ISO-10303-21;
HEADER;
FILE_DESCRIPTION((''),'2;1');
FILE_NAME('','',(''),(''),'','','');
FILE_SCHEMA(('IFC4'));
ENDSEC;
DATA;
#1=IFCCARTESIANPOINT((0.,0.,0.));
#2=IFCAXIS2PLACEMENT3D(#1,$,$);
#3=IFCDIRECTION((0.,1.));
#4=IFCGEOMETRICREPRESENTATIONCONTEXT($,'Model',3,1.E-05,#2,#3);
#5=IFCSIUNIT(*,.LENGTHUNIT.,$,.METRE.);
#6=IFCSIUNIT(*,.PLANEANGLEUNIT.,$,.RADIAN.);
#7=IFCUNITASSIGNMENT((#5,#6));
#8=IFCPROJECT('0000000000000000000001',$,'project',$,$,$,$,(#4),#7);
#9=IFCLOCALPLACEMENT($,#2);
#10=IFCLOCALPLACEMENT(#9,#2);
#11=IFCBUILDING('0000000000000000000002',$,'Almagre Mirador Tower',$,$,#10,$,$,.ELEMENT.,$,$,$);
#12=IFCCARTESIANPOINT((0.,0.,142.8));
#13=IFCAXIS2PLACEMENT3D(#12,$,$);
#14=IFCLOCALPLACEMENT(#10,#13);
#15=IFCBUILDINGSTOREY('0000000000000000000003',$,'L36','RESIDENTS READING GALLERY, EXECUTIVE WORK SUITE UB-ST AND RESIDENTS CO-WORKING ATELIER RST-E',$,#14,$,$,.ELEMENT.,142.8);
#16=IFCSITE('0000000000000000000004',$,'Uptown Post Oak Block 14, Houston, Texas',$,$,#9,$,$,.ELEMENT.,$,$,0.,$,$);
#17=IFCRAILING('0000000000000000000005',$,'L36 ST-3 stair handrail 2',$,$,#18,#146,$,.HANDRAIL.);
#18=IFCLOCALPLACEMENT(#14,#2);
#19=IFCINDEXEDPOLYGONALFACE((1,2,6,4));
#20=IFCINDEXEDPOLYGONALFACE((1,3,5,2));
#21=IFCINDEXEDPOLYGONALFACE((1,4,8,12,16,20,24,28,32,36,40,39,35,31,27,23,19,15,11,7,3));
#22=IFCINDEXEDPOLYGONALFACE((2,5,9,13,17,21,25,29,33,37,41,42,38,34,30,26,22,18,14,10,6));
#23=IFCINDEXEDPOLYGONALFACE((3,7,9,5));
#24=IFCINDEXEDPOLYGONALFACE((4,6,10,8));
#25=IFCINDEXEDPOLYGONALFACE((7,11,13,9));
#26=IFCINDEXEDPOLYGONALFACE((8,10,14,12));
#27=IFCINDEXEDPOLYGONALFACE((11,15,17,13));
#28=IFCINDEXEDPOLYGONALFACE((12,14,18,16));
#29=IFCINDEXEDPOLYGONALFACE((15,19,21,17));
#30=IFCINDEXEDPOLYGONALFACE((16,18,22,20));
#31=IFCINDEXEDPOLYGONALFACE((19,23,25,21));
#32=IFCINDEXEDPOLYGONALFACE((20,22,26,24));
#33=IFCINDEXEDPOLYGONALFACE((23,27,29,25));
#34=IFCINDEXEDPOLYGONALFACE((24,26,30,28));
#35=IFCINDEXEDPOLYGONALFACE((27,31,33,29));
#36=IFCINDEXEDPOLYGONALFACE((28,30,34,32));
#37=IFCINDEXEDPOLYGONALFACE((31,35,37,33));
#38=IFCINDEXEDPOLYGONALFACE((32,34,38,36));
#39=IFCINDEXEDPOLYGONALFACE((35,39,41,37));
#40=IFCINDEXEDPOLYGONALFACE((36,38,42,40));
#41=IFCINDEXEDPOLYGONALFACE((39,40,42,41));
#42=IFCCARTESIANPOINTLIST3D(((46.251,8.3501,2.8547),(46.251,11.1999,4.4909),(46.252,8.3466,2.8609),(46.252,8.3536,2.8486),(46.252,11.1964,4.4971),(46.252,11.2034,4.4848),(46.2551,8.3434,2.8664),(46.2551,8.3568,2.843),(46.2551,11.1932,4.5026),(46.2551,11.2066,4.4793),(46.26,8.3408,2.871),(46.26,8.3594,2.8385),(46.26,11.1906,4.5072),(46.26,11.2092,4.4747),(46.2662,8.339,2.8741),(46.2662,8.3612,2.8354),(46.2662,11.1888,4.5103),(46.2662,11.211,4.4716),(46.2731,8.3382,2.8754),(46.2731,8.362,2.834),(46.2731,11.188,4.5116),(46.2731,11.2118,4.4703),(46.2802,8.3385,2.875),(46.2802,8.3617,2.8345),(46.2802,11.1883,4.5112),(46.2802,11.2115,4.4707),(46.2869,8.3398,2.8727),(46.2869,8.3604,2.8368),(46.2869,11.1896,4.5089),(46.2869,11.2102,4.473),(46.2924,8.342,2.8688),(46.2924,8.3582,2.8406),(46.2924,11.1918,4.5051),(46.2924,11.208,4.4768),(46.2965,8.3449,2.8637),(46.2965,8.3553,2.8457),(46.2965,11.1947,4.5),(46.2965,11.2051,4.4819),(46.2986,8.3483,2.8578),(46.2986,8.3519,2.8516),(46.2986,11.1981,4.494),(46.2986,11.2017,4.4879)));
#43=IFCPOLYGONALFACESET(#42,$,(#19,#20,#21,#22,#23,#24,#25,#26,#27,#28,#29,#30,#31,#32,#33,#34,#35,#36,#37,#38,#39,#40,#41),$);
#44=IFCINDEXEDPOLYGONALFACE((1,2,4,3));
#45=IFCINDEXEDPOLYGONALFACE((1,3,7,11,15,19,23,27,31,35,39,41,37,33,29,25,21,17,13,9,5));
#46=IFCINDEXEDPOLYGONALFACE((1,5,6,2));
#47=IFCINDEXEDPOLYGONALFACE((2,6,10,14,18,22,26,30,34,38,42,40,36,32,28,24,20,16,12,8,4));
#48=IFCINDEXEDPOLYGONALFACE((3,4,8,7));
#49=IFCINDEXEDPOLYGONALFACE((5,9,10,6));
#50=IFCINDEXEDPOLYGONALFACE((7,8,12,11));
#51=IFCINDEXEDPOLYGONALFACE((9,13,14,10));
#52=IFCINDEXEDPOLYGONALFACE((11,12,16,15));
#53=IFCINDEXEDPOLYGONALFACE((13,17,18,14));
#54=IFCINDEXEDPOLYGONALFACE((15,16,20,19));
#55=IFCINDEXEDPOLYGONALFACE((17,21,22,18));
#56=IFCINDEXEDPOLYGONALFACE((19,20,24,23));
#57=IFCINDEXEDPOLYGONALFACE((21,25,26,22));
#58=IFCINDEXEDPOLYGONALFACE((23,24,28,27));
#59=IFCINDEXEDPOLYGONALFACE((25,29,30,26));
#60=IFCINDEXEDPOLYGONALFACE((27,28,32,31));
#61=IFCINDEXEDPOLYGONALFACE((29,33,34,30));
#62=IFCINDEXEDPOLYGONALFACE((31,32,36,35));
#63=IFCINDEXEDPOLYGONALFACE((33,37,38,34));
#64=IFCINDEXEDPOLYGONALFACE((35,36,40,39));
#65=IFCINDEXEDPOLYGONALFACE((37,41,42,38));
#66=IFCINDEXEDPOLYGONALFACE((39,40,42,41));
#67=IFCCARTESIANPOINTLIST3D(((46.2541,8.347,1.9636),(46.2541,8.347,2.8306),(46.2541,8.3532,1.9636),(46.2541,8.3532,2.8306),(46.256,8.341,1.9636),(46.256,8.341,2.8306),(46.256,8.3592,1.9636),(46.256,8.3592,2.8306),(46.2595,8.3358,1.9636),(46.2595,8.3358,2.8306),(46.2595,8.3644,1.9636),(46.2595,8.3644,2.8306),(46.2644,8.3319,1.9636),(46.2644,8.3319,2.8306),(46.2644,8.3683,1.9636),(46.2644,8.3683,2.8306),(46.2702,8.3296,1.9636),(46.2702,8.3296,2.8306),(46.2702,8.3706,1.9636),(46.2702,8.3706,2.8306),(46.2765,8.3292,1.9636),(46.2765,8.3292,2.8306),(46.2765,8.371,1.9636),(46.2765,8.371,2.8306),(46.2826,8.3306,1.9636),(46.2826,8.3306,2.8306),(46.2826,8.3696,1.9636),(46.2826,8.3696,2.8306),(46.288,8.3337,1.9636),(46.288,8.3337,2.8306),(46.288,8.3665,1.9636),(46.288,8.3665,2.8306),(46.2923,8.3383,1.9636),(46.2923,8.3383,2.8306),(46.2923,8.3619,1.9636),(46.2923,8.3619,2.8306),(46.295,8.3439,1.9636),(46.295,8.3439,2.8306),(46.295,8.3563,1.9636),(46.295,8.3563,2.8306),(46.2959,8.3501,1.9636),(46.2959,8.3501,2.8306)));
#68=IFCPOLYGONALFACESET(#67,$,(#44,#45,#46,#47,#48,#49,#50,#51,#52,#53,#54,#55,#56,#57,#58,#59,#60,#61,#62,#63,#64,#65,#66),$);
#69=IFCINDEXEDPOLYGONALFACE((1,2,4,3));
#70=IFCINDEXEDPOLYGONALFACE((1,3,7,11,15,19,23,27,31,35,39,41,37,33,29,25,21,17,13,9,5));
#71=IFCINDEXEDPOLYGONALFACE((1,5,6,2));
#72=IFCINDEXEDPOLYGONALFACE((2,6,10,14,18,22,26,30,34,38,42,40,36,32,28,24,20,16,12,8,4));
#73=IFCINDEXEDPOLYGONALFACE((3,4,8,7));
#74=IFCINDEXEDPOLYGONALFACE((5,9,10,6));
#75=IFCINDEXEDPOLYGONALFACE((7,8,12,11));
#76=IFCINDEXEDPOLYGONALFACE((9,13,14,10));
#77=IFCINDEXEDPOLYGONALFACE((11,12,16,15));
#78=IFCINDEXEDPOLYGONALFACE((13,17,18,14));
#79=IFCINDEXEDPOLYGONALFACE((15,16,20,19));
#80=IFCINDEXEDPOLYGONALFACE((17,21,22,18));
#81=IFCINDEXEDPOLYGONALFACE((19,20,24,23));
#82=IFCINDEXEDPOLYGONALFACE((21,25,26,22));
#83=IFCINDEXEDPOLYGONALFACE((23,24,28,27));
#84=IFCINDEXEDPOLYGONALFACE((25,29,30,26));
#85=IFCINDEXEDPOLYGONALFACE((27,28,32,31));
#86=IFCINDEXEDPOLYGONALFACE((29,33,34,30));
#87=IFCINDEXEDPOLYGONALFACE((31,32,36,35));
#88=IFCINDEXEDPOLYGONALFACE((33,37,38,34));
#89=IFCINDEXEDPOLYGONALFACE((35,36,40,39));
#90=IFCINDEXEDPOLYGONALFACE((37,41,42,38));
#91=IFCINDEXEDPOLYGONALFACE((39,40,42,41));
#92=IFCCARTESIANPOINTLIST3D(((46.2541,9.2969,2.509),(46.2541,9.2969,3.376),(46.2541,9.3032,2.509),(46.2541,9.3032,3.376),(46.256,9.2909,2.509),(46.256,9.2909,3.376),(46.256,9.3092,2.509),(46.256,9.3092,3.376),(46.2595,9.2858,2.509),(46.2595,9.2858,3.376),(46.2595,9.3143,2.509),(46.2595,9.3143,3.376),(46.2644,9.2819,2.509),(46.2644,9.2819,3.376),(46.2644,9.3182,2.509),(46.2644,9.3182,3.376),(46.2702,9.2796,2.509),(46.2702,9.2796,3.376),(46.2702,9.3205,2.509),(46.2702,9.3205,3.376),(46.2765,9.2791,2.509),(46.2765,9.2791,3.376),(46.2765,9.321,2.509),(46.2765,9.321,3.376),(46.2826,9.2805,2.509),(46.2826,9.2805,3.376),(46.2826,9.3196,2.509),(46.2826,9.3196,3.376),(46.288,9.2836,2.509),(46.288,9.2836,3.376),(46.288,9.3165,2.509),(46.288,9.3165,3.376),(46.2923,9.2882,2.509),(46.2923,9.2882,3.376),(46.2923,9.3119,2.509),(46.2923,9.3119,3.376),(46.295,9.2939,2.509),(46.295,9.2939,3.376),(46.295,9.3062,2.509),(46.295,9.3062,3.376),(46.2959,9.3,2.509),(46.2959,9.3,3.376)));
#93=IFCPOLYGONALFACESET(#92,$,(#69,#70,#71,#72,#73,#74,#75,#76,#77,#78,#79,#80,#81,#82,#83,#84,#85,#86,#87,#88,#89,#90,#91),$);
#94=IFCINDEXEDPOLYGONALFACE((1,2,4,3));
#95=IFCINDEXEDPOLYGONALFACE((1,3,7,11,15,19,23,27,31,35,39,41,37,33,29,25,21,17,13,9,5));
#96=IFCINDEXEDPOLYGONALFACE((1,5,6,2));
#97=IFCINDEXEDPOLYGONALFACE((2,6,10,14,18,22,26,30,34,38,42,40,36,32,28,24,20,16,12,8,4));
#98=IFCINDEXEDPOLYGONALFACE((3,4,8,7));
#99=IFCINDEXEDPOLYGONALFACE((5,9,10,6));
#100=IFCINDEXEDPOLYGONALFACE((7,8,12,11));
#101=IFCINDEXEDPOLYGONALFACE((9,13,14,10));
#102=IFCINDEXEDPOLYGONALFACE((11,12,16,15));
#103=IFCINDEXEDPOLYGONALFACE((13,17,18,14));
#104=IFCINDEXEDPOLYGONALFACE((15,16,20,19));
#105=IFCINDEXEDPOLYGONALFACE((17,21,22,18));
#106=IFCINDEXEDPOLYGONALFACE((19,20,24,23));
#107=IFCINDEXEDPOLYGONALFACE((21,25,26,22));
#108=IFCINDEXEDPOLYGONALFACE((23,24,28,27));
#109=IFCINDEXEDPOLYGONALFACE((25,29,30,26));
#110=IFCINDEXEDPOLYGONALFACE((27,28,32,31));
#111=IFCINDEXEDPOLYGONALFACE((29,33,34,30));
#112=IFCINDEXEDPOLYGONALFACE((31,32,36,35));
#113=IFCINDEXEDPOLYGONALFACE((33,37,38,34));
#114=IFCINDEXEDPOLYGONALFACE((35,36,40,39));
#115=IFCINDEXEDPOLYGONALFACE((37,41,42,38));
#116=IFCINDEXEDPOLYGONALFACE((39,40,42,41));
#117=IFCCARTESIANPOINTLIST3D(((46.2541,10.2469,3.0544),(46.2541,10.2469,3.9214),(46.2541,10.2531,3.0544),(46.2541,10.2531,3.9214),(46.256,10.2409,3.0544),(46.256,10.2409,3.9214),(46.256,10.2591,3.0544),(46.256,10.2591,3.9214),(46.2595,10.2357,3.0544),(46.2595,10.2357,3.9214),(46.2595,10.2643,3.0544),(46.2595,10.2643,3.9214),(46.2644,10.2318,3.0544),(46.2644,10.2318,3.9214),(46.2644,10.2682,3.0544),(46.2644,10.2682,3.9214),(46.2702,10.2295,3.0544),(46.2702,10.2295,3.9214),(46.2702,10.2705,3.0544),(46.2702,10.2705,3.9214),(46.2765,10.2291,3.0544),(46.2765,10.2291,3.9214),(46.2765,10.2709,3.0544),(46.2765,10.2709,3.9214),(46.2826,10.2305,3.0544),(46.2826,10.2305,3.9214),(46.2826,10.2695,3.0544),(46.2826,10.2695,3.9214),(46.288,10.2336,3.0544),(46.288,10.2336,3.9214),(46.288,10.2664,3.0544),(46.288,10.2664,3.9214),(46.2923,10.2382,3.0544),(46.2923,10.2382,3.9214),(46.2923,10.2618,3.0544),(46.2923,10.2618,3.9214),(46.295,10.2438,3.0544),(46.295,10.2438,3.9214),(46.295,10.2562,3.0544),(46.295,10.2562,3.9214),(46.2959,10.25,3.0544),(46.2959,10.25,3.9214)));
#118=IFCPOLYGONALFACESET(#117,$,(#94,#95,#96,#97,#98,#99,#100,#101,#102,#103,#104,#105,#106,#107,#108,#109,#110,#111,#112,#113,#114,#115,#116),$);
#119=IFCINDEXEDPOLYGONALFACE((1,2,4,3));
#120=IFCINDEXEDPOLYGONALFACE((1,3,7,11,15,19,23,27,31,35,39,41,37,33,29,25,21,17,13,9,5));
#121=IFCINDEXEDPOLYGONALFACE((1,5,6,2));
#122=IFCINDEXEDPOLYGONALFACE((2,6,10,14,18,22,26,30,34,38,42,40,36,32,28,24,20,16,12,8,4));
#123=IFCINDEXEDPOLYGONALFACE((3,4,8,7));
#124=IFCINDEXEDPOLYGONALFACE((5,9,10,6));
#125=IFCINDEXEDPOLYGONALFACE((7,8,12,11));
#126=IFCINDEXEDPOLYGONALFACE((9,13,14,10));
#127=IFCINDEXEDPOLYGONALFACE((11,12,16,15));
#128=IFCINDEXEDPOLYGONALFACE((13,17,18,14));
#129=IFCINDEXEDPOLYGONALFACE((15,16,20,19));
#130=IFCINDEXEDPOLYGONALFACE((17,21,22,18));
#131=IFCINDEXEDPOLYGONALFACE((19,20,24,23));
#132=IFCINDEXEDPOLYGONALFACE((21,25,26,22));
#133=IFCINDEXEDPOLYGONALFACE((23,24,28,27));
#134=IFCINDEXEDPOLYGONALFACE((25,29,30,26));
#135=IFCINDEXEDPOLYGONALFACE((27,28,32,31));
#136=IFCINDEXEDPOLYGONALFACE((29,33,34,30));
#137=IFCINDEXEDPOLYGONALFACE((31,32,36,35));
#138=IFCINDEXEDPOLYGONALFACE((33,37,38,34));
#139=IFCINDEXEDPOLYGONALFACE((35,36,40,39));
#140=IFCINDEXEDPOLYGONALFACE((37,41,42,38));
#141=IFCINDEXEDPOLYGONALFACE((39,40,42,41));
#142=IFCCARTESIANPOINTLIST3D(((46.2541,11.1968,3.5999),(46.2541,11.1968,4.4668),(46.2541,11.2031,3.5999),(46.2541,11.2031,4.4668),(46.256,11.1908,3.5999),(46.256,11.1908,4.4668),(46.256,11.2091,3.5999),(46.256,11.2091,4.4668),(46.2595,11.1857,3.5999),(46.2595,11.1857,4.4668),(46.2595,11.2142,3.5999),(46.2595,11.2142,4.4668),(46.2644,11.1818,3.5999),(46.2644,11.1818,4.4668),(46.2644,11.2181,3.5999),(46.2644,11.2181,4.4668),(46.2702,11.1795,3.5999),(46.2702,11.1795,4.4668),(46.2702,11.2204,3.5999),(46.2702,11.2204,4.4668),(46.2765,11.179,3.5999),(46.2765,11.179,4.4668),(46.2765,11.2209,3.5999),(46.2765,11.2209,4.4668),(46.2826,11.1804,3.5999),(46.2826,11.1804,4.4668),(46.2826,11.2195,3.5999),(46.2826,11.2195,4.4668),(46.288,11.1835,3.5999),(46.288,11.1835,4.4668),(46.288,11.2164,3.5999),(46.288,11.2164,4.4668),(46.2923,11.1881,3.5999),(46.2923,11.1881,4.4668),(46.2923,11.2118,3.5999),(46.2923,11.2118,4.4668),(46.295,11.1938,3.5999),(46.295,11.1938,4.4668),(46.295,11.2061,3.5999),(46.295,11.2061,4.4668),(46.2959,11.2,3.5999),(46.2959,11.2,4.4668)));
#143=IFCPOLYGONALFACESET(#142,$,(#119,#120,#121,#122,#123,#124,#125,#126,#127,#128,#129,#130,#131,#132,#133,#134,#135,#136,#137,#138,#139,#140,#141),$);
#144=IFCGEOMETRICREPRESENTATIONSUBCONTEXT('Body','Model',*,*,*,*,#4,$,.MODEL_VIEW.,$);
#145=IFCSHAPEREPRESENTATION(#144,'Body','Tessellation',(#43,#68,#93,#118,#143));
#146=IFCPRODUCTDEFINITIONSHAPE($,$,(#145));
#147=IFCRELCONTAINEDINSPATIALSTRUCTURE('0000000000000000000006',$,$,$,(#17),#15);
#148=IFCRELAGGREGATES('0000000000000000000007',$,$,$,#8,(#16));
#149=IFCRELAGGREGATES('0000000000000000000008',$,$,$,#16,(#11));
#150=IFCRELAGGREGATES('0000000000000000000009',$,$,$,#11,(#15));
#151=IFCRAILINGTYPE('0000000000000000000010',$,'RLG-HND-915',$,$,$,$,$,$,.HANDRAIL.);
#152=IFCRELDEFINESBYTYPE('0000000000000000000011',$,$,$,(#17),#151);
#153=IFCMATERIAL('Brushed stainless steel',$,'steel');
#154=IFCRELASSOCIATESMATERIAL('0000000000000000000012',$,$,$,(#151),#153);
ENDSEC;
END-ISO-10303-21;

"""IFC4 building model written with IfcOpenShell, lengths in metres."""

from ifc_helpers import new_model, si_unit, direction, frame, origin, origin_2d, place, context, subcontext, project, spatial, circle, extrude, material, type_object, element, save


model = new_model("IFC4")

# Units and contexts
model_context = context("Model", 3, precision=1e-05, world=origin(), true_north=direction((0.0, 1.0)))
body_context = subcontext(model_context, "Body", "Model", "MODEL_VIEW")
ifc_project = project(units=[si_unit("LENGTHUNIT", "METRE"), si_unit("PLANEANGLEUNIT", "RADIAN")], contexts=[model_context])

# Site, building, storey
site_placement = place(None, origin())
site = spatial("IfcSite", under=ifc_project, at=site_placement, Name="Uptown Post Oak Block 14, Houston, Texas", CompositionType="ELEMENT", RefElevation=0.0)
building_placement = place(site_placement, origin())
building = spatial("IfcBuilding", under=site, at=building_placement, Name="Almagre Mirador Tower", CompositionType="ELEMENT")
storey_placement = place(building_placement, frame((0.0, 0.0, 142.8)))
storey = spatial("IfcBuildingStorey", under=building, at=storey_placement, Name="L36", Description="RESIDENTS READING GALLERY, EXECUTIVE WORK SUITE UB-ST AND RESIDENTS CO-WORKING ATELIER RST-E", CompositionType="ELEMENT", Elevation=142.8)

# Railing
ifc_material_1 = material(Name="Brushed stainless steel", Category="steel")
railing_type_1 = type_object("IfcRailingType", Name="RLG-HND-915", PredefinedType="HANDRAIL", material=ifc_material_1)
railing_1_placement = place(storey_placement, frame((46.2749, 8.3501, 1.9636)))
element("IfcRailing", 1, at=railing_1_placement, inside=storey, type_object=railing_type_1, Name="L36 ST-3 stair handrail 2", PredefinedType="HANDRAIL", context=body_context, shape_type="SweptSolid", body=[
    extrude(circle(Radius=0.0239, at=origin_2d()), frame((0.0, 0.0, 0.8911), z_axis=(0.0, 0.867226, 0.497914), x_axis=(-1.0, 0.0, 0.0)), (0.0, 0.0, 1.0), 3.2861),
    extrude(circle(Radius=0.021, at=origin_2d()), origin(), (0.0, 0.0, 1.0), 0.8669),
    extrude(circle(Radius=0.021, at=origin_2d()), frame((0.0, 0.95, 0.5454)), (0.0, 0.0, 1.0), 0.8669),
    extrude(circle(Radius=0.021, at=origin_2d()), frame((0.0, 1.8999, 1.0908)), (0.0, 0.0, 1.0), 0.8669),
    extrude(circle(Radius=0.021, at=origin_2d()), frame((0.0, 2.8499, 1.6362)), (0.0, 0.0, 1.0), 0.8669),
])

save(model, "model.ifc")
